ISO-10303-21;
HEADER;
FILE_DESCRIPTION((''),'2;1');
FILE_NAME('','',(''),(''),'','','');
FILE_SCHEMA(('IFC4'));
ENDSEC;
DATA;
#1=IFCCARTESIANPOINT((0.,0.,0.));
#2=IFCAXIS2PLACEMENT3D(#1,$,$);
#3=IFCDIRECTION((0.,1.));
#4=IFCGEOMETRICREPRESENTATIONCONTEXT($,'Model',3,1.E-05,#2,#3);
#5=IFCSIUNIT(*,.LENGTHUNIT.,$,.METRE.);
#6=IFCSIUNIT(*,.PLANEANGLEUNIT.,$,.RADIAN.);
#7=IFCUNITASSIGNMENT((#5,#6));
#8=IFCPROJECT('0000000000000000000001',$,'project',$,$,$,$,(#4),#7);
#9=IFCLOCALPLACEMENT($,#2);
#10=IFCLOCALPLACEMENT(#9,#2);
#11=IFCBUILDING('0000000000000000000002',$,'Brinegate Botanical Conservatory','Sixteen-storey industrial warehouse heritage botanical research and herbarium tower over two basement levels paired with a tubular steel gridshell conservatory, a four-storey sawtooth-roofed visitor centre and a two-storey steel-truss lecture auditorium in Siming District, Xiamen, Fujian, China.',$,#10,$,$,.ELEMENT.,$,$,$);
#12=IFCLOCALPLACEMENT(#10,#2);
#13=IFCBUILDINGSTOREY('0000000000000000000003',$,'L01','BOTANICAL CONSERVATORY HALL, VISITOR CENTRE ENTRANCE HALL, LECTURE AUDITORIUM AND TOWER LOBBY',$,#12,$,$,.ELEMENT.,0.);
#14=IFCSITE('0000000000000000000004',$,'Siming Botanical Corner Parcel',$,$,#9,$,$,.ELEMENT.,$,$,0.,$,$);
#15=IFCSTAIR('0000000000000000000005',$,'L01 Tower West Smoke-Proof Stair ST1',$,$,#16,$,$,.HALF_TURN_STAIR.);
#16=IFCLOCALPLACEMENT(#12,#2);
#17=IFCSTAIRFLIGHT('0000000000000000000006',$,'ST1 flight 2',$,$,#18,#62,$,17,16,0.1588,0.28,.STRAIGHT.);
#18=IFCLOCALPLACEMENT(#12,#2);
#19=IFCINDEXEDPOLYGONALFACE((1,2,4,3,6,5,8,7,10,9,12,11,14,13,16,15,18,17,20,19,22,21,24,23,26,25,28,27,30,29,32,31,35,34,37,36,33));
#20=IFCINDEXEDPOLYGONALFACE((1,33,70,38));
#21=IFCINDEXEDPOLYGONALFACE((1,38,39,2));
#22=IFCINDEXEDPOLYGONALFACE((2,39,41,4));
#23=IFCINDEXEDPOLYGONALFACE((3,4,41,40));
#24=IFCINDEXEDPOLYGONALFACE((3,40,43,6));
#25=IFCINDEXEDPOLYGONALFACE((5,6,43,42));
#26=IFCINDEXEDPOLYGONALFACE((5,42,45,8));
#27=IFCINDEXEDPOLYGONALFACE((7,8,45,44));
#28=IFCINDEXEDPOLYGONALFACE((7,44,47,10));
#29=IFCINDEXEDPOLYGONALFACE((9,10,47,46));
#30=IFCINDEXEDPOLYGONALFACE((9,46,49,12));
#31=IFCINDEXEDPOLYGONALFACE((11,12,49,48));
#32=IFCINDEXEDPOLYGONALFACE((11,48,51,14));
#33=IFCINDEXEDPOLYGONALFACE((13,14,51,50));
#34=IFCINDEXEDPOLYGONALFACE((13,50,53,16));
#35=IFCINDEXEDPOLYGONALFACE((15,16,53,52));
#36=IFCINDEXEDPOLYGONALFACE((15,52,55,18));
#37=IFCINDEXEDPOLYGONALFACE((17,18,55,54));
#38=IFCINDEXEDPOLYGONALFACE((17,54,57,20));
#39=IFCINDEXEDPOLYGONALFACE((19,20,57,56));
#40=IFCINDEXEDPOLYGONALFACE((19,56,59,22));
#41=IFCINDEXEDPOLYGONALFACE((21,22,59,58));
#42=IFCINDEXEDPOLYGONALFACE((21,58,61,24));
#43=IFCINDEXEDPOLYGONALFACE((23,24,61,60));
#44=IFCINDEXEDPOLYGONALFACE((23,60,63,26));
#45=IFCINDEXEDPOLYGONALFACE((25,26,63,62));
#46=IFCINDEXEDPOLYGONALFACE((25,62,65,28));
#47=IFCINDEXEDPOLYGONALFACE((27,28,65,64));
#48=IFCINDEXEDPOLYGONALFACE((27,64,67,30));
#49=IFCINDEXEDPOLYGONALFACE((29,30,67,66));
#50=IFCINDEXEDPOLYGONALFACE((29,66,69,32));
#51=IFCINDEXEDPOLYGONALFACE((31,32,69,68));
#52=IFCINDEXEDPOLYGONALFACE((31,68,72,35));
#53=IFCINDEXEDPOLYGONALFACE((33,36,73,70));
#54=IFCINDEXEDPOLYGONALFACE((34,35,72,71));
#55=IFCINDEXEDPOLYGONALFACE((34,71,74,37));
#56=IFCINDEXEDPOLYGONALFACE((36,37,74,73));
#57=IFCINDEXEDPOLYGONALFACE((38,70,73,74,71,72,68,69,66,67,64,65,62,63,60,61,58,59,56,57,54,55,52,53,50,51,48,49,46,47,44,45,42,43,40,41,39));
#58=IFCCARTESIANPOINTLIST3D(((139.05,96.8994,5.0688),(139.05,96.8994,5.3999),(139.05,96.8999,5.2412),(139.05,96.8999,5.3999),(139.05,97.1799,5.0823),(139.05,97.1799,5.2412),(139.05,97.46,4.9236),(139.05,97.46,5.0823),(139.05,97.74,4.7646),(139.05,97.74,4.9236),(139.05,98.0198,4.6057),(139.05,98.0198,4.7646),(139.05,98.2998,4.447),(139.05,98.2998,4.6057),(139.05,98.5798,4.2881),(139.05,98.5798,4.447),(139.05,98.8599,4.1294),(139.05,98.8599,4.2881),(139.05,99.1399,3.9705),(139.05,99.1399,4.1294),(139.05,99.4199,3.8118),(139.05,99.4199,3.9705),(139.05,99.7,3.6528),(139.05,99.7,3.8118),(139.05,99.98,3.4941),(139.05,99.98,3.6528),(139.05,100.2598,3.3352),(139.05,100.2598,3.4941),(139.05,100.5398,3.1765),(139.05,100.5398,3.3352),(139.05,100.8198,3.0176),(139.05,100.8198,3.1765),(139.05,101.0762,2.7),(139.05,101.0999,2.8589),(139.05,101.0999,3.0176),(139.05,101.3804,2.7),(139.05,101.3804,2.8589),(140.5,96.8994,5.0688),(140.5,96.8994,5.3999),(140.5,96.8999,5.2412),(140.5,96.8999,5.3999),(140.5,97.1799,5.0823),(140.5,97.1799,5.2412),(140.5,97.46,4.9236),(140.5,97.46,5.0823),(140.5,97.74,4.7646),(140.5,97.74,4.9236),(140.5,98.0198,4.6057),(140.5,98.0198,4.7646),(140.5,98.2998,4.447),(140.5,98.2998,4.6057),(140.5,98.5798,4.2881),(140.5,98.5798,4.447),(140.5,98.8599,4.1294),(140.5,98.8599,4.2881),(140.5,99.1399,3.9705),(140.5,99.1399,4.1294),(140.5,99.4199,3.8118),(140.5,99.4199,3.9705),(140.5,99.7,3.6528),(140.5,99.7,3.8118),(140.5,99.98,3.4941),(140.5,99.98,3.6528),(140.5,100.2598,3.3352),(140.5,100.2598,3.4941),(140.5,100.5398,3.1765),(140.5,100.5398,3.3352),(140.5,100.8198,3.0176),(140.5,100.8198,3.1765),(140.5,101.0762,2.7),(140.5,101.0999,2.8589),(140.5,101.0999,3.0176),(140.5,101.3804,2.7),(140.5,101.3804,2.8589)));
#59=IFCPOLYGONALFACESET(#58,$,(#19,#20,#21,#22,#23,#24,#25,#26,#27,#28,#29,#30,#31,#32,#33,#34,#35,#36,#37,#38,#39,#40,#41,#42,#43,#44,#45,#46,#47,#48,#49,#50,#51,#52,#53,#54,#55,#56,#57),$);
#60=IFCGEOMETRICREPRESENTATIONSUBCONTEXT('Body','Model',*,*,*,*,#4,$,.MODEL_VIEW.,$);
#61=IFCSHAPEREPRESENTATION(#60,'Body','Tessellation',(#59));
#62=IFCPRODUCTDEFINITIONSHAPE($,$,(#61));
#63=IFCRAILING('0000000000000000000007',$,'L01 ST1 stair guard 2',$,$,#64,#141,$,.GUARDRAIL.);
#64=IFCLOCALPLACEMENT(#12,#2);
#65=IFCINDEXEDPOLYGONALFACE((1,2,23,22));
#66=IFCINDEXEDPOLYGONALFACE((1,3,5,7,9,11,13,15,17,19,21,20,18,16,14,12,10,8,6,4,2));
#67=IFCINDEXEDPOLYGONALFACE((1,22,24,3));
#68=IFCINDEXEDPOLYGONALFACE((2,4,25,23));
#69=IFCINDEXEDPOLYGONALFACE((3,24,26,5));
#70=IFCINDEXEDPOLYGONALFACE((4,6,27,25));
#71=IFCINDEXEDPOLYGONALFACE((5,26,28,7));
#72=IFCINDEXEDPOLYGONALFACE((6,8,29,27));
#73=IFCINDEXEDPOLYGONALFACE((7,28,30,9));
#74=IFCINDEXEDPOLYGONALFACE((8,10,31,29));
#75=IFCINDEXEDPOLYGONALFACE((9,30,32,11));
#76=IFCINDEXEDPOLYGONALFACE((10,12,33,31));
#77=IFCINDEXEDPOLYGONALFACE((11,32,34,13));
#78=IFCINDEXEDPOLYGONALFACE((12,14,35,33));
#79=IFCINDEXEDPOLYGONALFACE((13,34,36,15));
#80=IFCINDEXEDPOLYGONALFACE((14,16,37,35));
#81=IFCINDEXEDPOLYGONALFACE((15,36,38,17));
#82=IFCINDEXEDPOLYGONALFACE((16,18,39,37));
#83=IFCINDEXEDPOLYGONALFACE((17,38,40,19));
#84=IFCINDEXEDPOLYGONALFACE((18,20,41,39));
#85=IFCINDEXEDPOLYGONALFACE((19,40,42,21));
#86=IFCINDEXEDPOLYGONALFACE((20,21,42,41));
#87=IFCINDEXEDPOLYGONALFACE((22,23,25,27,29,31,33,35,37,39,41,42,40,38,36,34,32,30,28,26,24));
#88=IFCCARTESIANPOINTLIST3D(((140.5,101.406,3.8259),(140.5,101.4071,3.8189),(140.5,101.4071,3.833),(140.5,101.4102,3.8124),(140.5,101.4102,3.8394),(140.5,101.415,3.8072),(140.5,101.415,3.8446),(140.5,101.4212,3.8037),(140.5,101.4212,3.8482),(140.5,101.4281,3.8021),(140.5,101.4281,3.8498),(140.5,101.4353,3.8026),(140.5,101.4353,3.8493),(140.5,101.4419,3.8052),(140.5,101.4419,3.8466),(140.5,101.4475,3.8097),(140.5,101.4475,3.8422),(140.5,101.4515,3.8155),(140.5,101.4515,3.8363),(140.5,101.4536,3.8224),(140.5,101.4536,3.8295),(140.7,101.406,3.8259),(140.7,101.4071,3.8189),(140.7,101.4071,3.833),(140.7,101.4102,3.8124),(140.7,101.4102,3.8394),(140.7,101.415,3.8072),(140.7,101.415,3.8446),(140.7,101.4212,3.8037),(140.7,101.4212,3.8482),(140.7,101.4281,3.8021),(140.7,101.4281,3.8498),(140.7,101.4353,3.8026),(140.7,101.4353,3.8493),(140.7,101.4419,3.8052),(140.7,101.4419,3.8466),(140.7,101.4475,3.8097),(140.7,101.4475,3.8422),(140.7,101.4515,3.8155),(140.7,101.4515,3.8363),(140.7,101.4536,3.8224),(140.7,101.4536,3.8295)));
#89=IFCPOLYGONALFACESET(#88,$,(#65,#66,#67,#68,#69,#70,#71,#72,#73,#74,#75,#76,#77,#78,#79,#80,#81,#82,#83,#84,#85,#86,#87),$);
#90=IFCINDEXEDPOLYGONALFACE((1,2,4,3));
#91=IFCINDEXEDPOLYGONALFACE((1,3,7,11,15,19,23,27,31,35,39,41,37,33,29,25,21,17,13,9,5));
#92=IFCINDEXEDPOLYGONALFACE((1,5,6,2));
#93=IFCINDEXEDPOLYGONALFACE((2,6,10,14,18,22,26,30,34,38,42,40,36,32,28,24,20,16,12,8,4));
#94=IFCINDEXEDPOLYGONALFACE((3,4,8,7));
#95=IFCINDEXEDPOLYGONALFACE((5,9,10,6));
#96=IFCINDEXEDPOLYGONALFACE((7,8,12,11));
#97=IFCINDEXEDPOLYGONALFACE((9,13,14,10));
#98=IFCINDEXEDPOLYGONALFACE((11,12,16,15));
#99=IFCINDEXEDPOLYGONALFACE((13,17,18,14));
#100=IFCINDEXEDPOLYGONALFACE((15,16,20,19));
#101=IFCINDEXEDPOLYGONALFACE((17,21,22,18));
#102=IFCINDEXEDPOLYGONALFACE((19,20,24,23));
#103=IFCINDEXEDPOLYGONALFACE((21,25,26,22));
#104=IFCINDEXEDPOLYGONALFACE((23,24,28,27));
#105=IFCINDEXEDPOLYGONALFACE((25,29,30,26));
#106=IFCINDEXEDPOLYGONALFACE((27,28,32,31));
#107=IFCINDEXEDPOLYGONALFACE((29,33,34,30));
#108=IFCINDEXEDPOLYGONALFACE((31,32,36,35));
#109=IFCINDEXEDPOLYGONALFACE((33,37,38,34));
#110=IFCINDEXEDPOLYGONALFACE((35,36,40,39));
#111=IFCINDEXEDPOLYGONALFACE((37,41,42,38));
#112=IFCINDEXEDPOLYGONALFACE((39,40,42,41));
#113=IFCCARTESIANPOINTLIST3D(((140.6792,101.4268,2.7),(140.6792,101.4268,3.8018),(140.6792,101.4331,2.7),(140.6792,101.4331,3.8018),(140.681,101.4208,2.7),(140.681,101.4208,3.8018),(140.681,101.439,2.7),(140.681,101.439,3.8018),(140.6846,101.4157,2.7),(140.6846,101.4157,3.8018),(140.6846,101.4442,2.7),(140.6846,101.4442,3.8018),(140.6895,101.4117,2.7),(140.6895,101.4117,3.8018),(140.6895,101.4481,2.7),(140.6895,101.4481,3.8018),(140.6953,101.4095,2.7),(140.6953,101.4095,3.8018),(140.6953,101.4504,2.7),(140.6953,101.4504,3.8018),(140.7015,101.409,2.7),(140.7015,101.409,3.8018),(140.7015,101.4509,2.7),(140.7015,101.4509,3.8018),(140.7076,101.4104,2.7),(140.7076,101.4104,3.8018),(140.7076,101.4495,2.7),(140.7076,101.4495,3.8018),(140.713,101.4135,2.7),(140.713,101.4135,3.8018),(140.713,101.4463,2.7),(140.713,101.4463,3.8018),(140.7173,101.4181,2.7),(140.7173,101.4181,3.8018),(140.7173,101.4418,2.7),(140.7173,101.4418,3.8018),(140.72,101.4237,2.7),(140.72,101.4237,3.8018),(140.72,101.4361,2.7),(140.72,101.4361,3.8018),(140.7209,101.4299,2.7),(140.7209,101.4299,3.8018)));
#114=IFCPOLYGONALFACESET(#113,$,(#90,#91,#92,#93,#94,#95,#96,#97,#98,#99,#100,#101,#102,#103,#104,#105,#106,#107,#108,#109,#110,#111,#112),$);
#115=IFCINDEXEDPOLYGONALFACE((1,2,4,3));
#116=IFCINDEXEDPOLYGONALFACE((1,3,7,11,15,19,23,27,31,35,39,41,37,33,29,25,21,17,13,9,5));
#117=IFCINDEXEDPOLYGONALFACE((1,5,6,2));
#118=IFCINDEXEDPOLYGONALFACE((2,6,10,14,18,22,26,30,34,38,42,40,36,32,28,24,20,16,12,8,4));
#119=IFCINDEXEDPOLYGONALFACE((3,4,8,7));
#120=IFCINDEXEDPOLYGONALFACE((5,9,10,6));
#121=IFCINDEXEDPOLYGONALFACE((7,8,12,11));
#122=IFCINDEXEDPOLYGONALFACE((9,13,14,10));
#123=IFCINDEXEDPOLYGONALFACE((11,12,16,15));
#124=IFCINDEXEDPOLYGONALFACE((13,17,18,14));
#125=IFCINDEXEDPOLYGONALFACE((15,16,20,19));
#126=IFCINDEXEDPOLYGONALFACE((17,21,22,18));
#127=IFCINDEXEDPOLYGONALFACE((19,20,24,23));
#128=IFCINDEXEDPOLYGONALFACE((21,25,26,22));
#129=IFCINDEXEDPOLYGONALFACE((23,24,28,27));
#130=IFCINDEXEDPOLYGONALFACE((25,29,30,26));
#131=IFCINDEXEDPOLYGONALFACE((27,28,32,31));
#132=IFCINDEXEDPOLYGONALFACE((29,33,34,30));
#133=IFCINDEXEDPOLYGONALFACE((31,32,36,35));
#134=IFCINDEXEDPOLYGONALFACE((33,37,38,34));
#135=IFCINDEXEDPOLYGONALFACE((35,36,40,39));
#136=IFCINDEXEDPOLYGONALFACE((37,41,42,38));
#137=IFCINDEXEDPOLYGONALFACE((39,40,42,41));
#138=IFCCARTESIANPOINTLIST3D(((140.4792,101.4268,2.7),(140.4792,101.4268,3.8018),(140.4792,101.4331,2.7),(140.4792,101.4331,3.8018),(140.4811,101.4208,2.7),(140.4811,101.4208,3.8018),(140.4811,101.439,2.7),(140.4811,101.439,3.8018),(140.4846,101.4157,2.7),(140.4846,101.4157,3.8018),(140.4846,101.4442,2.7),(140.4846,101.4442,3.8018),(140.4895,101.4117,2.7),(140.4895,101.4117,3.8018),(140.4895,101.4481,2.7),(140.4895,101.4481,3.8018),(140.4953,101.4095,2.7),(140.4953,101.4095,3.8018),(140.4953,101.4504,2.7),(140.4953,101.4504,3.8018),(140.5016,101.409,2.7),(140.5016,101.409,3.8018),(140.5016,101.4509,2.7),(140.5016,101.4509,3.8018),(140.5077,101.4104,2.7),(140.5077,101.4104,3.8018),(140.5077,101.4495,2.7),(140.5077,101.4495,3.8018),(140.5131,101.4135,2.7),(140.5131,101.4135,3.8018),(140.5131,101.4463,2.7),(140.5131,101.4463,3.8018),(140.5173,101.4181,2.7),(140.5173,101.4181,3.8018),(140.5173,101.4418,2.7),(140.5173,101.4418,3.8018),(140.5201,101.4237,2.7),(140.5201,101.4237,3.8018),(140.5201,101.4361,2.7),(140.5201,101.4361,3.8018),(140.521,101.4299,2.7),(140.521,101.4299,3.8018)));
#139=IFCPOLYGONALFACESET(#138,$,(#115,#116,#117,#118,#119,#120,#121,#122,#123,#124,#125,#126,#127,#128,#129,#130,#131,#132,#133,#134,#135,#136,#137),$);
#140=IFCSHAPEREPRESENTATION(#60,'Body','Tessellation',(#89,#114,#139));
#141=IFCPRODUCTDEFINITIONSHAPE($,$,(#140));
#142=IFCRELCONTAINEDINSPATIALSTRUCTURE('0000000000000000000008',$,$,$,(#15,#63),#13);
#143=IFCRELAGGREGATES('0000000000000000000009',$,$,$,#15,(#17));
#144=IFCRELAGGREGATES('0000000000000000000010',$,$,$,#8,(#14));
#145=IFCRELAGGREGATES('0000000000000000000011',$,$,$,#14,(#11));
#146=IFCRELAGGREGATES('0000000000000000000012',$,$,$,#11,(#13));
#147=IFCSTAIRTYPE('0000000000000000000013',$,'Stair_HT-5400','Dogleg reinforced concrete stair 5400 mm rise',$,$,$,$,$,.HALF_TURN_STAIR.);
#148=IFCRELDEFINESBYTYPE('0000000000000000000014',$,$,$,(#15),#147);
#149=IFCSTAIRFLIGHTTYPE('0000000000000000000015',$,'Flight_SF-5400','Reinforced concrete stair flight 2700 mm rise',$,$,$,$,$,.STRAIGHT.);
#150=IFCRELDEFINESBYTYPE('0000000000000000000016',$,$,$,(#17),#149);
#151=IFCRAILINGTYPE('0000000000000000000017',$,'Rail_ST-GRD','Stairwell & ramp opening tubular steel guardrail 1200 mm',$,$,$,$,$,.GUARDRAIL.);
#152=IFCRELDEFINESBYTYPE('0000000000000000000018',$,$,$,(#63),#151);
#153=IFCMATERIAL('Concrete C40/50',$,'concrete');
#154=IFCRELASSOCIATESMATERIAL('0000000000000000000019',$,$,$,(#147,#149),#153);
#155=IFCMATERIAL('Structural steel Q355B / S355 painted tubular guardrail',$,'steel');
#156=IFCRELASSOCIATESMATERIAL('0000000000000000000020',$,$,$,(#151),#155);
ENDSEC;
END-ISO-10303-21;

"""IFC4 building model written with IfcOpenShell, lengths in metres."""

from ifc_helpers import new_model, si_unit, direction, frame, origin, origin_2d, place, context, subcontext, project, spatial, polyline, circle, outline, extrude, material, type_object, element, aggregate, save


model = new_model("IFC4")

# Units and contexts
model_context = context("Model", 3, precision=1e-05, world=origin(), true_north=direction((0.0, 1.0)))
body_context = subcontext(model_context, "Body", "Model", "MODEL_VIEW")
ifc_project = project(units=[si_unit("LENGTHUNIT", "METRE"), si_unit("PLANEANGLEUNIT", "RADIAN")], contexts=[model_context])

# Site, building, storey
site_placement = place(None, origin())
site = spatial("IfcSite", under=ifc_project, at=site_placement, Name="Siming Botanical Corner Parcel", CompositionType="ELEMENT", RefElevation=0.0)
building_placement = place(site_placement, origin())
building = spatial("IfcBuilding", under=site, at=building_placement, Name="Brinegate Botanical Conservatory", Description="Sixteen-storey industrial warehouse heritage botanical research and herbarium tower over two basement levels paired with a tubular steel gridshell conservatory, a four-storey sawtooth-roofed visitor centre and a two-storey steel-truss lecture auditorium in Siming District, Xiamen, Fujian, China.", CompositionType="ELEMENT")
storey_placement = place(building_placement, origin())
storey = spatial("IfcBuildingStorey", under=building, at=storey_placement, Name="L01", Description="BOTANICAL CONSERVATORY HALL, VISITOR CENTRE ENTRANCE HALL, LECTURE AUDITORIUM AND TOWER LOBBY", CompositionType="ELEMENT", Elevation=0.0)

# Shared definitions
ifc_material_1 = material(Name="Concrete C40/50", Category="concrete")

# Stair, stair flight
stair_type = type_object("IfcStairType", Name="Stair_HT-5400", Description="Dogleg reinforced concrete stair 5400 mm rise", PredefinedType="HALF_TURN_STAIR", material=ifc_material_1)
stair_placement = place(storey_placement, origin())
stair = element("IfcStair", 1, at=stair_placement, inside=storey, type_object=stair_type, Name="L01 Tower West Smoke-Proof Stair ST1", PredefinedType="HALF_TURN_STAIR")
stair_flight_type = type_object("IfcStairFlightType", Name="Flight_SF-5400", Description="Reinforced concrete stair flight 2700 mm rise", PredefinedType="STRAIGHT", material=ifc_material_1)
stair_flight_placement = place(storey_placement, frame((139.7749, 101.3799, 2.7), z_axis=(0.0, 0.0, 1.0), x_axis=(0.0, -1.0, 0.0)))
stair_flight = element("IfcStairFlight", 2, at=stair_flight_placement, type_object=stair_flight_type, Name="ST1 flight 2", NumberOfRisers=17, NumberOfTreads=16, PredefinedType="STRAIGHT", RiserHeight=0.1588, TreadLength=0.28, context=body_context, shape_type="SweptSolid", body=[
    extrude(outline(polyline([(-0.0005, 0.0), (-0.0005, 0.1589), (0.28, 0.1589), (0.28, 0.3176), (0.5601, 0.3176), (0.5601, 0.4766), (0.8401, 0.4766), (0.8401, 0.6353), (1.1201, 0.6353), (1.1201, 0.7942), (1.3999, 0.7942), (1.3999, 0.9529), (1.6799, 0.9529), (1.6799, 1.1118), (1.96, 1.1118), (1.96, 1.2705), (2.24, 1.2705), (2.24, 1.4294), (2.52, 1.4294), (2.52, 1.5881), (2.8, 1.5881), (2.8, 1.7471), (3.0801, 1.7471), (3.0801, 1.9058), (3.3601, 1.9058), (3.3601, 2.0647), (3.6399, 2.0647), (3.6399, 2.2236), (3.9199, 2.2236), (3.9199, 2.3823), (4.2, 2.3823), (4.2, 2.5413), (4.48, 2.5413), (4.48, 2.7), (4.4805, 2.7), (4.4805, 2.3689), (0.3037, 0.0), (-0.0005, 0.0)])), frame((0.0, 0.7251, 0.0), z_axis=(0.0, -1.0, 0.0), x_axis=(1.0, 0.0, 0.0)), (0.0, 0.0, 1.0), 1.45),
])
aggregate(stair, [stair_flight])

# Railing
ifc_material_2 = material(Name="Structural steel Q355B / S355 painted tubular guardrail", Category="steel")
railing_type_1 = type_object("IfcRailingType", Name="Rail_ST-GRD", Description="Stairwell & ramp opening tubular steel guardrail 1200 mm", PredefinedType="GUARDRAIL", material=ifc_material_2)
railing_1_placement = place(storey_placement, frame((140.7, 101.4299, 2.7)))
element("IfcRailing", 3, at=railing_1_placement, inside=storey, type_object=railing_type_1, Name="L01 ST1 stair guard 2", PredefinedType="GUARDRAIL", context=body_context, shape_type="SweptSolid", body=[
    extrude(circle(Radius=0.0239, at=origin_2d()), frame((0.0, 0.0, 1.126), z_axis=(-1.0, 0.0, 0.0), x_axis=(0.0, -1.0, 0.0)), (0.0, 0.0, 1.0), 0.2),
    extrude(circle(Radius=0.021, at=origin_2d()), origin(), (0.0, 0.0, 1.0), 1.1018),
    extrude(circle(Radius=0.021, at=origin_2d()), frame((-0.2, 0.0, 0.0)), (0.0, 0.0, 1.0), 1.1018),
])

save(model, "model.ifc")
